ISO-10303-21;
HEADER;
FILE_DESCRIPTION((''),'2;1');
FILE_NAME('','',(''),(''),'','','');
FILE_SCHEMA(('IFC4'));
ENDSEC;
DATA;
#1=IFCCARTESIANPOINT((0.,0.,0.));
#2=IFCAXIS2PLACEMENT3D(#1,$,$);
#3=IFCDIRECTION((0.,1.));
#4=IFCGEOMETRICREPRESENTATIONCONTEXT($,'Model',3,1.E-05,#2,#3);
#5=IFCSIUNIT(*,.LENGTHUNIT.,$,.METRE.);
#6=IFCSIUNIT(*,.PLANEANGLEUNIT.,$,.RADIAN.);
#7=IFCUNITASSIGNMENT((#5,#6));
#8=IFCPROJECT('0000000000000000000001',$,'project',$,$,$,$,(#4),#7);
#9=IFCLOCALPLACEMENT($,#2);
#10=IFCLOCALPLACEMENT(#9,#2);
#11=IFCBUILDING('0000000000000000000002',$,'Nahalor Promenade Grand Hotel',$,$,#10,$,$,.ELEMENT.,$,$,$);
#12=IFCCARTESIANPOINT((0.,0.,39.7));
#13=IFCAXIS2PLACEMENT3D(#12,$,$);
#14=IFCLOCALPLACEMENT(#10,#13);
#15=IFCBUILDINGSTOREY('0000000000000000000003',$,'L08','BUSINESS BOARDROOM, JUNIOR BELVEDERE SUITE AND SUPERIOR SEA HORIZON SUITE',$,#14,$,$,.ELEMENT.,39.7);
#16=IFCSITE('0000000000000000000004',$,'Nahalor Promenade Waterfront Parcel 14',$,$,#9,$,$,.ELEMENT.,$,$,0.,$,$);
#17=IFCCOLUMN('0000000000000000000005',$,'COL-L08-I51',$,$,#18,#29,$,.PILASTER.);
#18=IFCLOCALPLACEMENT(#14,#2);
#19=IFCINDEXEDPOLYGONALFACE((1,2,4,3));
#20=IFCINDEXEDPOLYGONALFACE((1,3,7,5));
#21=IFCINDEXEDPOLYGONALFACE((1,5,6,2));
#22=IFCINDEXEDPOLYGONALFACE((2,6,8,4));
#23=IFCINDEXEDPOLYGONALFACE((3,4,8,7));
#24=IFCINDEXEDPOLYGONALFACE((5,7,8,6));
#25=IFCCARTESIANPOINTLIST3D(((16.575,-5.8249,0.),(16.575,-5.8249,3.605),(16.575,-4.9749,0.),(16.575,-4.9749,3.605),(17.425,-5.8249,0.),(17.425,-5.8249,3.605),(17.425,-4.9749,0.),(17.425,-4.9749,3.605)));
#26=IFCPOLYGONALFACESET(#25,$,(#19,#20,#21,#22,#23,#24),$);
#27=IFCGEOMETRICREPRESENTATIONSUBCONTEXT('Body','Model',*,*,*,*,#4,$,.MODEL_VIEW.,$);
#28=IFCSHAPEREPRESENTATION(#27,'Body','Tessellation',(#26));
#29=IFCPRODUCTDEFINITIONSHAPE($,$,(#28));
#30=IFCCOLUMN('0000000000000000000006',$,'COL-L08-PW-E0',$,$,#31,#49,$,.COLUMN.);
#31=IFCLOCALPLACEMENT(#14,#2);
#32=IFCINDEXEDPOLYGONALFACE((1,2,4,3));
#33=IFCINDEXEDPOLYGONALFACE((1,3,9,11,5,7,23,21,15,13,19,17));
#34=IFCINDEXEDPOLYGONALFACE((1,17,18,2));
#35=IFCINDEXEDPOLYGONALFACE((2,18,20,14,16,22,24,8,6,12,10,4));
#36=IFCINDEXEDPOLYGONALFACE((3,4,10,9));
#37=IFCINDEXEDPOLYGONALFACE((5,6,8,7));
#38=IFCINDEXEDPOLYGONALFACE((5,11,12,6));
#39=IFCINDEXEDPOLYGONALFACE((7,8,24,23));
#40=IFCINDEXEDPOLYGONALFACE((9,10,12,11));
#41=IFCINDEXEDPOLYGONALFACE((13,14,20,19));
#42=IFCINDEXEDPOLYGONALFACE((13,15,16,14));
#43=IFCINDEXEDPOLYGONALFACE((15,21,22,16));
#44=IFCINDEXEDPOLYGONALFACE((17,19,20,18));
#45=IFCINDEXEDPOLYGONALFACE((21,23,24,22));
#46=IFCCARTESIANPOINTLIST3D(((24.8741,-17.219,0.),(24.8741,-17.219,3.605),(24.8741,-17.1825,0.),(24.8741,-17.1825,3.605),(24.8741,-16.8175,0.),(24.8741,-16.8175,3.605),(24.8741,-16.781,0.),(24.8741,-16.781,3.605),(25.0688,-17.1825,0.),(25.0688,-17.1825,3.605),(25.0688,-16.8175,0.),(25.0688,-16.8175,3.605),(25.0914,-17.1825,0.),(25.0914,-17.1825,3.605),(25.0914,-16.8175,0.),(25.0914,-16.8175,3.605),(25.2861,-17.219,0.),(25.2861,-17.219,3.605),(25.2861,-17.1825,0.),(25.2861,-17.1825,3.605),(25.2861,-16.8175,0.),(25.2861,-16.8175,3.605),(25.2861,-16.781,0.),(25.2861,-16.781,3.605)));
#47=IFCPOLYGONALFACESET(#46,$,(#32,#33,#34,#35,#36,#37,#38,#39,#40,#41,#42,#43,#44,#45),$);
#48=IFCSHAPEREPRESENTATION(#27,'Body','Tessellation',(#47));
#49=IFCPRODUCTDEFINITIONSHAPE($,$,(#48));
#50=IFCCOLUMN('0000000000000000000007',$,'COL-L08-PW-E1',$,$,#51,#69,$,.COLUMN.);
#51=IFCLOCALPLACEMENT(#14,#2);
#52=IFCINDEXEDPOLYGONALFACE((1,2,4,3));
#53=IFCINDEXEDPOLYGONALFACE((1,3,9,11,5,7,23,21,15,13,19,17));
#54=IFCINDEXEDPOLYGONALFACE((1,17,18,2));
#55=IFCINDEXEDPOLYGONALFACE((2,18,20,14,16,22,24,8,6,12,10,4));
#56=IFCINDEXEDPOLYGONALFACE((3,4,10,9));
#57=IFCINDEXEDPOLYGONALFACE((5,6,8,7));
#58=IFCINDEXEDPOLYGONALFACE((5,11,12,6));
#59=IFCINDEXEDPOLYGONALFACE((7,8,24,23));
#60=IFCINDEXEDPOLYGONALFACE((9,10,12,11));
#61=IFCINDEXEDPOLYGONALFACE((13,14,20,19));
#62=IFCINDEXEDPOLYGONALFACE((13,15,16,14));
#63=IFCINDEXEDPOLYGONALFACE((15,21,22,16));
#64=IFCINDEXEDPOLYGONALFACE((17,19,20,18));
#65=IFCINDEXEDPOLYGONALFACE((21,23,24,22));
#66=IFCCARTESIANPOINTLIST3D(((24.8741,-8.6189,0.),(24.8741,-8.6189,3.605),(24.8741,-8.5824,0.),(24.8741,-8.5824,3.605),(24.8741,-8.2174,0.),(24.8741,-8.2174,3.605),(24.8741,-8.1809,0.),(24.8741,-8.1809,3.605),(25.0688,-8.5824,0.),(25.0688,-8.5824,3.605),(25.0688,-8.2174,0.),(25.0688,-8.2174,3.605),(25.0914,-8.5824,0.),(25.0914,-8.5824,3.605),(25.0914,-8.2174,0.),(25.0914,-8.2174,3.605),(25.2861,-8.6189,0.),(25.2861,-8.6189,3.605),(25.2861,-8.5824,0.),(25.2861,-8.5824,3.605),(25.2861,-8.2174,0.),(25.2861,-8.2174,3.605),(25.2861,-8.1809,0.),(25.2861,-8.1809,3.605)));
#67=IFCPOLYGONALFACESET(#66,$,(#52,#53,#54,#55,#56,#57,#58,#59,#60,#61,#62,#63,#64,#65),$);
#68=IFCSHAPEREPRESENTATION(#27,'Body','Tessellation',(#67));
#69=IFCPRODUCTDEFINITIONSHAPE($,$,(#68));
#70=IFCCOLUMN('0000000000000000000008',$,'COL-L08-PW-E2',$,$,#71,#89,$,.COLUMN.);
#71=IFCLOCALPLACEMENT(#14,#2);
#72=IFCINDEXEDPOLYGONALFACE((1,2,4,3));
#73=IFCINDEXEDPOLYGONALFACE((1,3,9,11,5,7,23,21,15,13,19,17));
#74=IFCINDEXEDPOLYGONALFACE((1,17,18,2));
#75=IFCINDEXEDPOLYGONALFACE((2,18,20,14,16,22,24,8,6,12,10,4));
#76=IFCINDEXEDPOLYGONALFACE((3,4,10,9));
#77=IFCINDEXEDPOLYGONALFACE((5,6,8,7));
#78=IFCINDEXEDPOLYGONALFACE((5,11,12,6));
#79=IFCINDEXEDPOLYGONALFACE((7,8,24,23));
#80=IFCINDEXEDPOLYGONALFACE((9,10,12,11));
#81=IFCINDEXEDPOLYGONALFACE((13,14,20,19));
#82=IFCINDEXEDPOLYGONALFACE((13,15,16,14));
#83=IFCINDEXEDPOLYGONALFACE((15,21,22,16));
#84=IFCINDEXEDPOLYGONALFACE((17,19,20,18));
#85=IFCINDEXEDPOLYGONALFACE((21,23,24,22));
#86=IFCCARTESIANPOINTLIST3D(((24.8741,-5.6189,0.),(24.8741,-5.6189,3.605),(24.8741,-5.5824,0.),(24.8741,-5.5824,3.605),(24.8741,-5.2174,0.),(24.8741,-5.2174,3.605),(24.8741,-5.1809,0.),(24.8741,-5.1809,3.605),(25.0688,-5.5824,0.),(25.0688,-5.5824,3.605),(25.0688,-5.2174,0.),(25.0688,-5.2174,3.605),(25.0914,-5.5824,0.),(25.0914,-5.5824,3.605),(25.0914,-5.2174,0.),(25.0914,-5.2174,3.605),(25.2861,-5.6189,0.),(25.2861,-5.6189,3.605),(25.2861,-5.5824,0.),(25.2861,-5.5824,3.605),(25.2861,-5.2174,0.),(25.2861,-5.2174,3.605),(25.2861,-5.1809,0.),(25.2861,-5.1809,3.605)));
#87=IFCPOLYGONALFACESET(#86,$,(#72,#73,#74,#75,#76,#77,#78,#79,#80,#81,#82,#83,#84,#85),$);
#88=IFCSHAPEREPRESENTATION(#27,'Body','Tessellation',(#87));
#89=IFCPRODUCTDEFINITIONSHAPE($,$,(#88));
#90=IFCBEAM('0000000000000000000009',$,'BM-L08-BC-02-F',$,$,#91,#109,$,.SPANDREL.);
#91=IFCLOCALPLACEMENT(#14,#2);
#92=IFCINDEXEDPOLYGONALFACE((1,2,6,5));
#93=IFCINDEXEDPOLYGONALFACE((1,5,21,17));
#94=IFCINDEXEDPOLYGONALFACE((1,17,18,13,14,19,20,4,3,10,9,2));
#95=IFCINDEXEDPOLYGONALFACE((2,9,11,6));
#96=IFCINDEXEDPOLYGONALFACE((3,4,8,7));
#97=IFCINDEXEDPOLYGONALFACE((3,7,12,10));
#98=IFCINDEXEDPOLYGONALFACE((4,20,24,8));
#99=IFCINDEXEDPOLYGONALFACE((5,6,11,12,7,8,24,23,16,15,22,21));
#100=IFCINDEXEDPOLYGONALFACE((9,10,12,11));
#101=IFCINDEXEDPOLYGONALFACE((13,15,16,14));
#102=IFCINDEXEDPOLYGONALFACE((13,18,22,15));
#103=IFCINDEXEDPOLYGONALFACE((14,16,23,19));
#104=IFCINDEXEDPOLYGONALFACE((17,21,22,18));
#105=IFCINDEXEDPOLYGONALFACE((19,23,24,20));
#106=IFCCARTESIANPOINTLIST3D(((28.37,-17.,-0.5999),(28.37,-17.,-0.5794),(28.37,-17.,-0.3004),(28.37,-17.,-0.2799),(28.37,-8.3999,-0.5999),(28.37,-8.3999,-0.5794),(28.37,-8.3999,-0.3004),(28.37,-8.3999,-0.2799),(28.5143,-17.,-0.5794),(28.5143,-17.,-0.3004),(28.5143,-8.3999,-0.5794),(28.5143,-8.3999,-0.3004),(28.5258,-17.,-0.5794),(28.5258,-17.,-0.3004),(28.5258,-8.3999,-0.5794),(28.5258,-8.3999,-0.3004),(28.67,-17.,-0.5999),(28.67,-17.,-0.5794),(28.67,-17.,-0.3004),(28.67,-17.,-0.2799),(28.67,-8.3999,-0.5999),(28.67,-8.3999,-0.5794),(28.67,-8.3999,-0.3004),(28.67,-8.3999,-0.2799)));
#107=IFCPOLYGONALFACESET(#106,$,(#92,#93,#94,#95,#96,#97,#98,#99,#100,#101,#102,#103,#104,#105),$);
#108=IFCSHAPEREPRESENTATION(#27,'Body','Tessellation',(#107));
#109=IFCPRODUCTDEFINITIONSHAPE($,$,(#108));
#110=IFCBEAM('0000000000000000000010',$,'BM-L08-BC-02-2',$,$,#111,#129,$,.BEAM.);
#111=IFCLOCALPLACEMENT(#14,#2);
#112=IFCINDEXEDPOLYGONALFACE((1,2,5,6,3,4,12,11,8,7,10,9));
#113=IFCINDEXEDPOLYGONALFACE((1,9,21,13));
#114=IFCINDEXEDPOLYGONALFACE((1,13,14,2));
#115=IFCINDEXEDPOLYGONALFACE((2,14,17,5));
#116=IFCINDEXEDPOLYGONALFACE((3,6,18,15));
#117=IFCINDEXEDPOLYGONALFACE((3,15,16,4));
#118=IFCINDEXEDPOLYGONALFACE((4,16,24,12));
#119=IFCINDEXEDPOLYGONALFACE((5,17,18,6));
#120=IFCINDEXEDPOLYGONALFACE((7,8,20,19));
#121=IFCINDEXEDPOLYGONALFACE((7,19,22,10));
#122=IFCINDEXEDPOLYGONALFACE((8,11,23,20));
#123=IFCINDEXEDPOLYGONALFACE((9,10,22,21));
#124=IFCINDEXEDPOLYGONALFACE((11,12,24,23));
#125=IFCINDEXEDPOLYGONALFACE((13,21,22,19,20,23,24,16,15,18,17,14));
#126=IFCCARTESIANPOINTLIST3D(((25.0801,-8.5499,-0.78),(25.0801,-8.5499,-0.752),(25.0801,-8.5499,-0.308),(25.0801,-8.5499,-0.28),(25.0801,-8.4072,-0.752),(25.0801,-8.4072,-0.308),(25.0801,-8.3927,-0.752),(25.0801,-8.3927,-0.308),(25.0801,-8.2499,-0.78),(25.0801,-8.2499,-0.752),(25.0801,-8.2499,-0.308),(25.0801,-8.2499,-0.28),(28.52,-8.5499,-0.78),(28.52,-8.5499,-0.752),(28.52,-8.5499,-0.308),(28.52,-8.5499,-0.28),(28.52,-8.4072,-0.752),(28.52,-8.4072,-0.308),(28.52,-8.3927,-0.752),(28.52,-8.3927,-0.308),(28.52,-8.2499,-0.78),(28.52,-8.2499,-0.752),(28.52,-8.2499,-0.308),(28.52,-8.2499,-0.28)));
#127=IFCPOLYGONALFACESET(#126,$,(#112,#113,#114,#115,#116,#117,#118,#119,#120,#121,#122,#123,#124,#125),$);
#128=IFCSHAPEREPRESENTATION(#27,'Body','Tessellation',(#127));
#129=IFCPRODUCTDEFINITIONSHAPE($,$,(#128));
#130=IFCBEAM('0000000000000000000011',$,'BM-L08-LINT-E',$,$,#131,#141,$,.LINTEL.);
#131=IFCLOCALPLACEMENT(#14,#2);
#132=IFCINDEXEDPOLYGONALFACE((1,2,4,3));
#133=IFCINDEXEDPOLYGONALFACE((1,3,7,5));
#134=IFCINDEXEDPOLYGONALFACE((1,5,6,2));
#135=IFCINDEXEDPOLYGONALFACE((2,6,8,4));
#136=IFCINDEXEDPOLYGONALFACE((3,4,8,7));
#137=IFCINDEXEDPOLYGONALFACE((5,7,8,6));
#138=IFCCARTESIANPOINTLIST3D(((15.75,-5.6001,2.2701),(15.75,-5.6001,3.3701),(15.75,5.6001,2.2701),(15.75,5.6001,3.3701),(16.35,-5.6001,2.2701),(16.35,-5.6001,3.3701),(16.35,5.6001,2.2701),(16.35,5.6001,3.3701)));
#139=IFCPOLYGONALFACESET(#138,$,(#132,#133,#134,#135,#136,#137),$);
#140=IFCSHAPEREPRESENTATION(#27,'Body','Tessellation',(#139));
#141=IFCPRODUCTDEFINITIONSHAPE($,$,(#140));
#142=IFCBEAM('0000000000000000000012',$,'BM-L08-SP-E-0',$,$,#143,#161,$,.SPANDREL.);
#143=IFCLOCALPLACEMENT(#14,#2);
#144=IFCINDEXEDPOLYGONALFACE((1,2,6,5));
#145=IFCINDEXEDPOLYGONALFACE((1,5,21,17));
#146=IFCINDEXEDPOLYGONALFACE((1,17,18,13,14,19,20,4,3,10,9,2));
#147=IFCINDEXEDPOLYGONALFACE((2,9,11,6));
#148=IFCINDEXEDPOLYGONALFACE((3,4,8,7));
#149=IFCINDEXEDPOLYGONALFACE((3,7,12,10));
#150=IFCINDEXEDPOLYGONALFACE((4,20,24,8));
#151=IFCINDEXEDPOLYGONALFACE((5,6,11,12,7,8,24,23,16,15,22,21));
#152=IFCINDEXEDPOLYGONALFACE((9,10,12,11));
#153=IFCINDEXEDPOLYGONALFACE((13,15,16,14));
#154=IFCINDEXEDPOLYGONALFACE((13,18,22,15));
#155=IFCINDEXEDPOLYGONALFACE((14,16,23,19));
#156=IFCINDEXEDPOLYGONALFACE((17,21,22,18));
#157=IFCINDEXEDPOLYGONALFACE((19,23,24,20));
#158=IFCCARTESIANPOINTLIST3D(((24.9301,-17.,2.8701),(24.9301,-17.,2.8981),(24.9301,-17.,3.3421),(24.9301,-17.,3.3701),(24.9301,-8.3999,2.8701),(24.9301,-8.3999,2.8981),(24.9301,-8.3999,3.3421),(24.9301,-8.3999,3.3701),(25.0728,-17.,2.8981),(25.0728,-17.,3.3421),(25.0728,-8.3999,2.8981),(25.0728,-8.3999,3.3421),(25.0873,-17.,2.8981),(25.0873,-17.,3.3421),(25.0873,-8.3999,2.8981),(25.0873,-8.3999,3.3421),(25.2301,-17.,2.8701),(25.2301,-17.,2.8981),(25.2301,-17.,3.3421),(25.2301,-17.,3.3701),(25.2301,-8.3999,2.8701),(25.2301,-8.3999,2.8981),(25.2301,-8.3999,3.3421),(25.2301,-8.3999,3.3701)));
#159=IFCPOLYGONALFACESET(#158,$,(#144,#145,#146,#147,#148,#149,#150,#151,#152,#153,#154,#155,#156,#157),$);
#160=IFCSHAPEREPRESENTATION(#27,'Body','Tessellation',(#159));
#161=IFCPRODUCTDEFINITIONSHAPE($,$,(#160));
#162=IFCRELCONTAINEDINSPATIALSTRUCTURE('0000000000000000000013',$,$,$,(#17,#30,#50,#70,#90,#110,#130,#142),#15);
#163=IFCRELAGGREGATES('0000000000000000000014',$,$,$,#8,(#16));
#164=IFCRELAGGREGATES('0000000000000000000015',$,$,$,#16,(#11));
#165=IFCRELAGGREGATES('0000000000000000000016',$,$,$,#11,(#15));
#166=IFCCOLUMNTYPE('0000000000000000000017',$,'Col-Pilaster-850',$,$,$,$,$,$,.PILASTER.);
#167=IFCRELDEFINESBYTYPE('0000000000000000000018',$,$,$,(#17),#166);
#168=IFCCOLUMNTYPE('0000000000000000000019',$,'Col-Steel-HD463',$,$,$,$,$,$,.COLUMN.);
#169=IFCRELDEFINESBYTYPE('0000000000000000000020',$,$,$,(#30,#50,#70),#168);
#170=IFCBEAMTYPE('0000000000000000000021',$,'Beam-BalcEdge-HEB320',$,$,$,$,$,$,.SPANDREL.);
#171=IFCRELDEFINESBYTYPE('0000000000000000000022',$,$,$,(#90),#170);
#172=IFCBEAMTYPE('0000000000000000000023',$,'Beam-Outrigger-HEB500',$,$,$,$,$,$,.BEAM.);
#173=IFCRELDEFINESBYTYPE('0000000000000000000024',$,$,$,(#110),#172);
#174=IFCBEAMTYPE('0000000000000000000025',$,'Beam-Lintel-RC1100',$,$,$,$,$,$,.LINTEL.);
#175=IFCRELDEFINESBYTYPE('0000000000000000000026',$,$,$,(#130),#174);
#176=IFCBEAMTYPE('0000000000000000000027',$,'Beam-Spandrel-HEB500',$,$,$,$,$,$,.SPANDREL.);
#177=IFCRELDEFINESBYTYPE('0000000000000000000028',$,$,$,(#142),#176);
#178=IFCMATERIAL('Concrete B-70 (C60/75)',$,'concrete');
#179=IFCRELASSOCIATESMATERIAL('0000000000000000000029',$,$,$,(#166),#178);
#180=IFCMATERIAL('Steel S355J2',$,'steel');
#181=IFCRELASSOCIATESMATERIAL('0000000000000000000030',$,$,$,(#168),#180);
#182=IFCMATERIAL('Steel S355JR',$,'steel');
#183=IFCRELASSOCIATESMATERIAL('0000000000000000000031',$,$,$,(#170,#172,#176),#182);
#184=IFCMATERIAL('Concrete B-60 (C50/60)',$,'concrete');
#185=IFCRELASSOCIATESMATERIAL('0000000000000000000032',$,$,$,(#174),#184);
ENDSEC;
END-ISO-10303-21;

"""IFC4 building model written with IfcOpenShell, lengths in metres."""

from ifc_helpers import new_model, si_unit, direction, frame, origin, origin_2d, place, context, subcontext, project, spatial, rectangle, i_section, extrude, source, transform, mapped, material, material_profile, profile_set, type_object, element, save


model = new_model("IFC4")

# Units and contexts
model_context = context("Model", 3, precision=1e-05, world=origin(), true_north=direction((0.0, 1.0)))
body_context = subcontext(model_context, "Body", "Model", "MODEL_VIEW")
ifc_project = project(units=[si_unit("LENGTHUNIT", "METRE"), si_unit("PLANEANGLEUNIT", "RADIAN")], contexts=[model_context])

# Site, building, storey
site_placement = place(None, origin())
site = spatial("IfcSite", under=ifc_project, at=site_placement, Name="Nahalor Promenade Waterfront Parcel 14", CompositionType="ELEMENT", RefElevation=0.0)
building_placement = place(site_placement, origin())
building = spatial("IfcBuilding", under=site, at=building_placement, Name="Nahalor Promenade Grand Hotel", CompositionType="ELEMENT")
storey_placement = place(building_placement, frame((0.0, 0.0, 39.7)))
storey = spatial("IfcBuildingStorey", under=building, at=storey_placement, Name="L08", Description="BUSINESS BOARDROOM, JUNIOR BELVEDERE SUITE AND SUPERIOR SEA HORIZON SUITE", CompositionType="ELEMENT", Elevation=39.7)

# Columns
ifc_material_1 = material(Name="Concrete B-70 (C60/75)", Category="concrete")
ifc_material_profile_1 = material_profile(ifc_material_1, rectangle(XDim=0.85, YDim=0.85, at=origin_2d()), Name="RC 850x850")
ifc_profile_set_1 = profile_set([ifc_material_profile_1], Name="Concrete B-70 (C60/75)")
column_type_1 = type_object("IfcColumnType", Name="Col-Pilaster-850", PredefinedType="PILASTER", material=ifc_profile_set_1)
shared_shape_1 = source(origin(), body_context, "Body", "SweptSolid", [
    extrude(rectangle(XDim=0.85, YDim=0.85, at=origin_2d()), origin(), (0.0, 0.0, 1.0), 3.605),
])
column_placement = place(storey_placement, frame((17.0, -5.3999, 0.0), z_axis=(0.0, 0.0, 1.0), x_axis=(1.0, 0.0, 0.0)))
element("IfcColumn", 1, at=column_placement, inside=storey, type_object=column_type_1, Name="COL-L08-I51", PredefinedType="PILASTER", context=body_context, shape_type="MappedRepresentation", body=[
    mapped(shared_shape_1, transform((0.0, 0.0, 0.0), scale=1.0)),
])
ifc_material_2 = material(Name="Steel S355J2", Category="steel")
ifc_material_profile_2 = material_profile(ifc_material_2, i_section(OverallWidth=0.412, OverallDepth=0.438, WebThickness=0.0226, FlangeThickness=0.0365, at=origin_2d()), Name="HD 400x463")
ifc_profile_set_2 = profile_set([ifc_material_profile_2], Name="Steel S355J2")
column_type_2 = type_object("IfcColumnType", Name="Col-Steel-HD463", PredefinedType="COLUMN", material=ifc_profile_set_2)
shared_shape_2 = source(origin(), body_context, "Body", "SweptSolid", [
    extrude(i_section(OverallWidth=0.412, OverallDepth=0.438, WebThickness=0.0226, FlangeThickness=0.0365, at=origin_2d()), origin(), (0.0, 0.0, 1.0), 3.605),
])
for number, where, z_axis, x_axis, name in (
    (2, (25.0801, -17.0, 0.0), (0.0, 0.0, 1.0), (1.0, 0.0, 0.0), "COL-L08-PW-E0"),
    (3, (25.0801, -8.3999, 0.0), (0.0, 0.0, 1.0), (1.0, 0.0, 0.0), "COL-L08-PW-E1"),
    (4, (25.0801, -5.3999, 0.0), (0.0, 0.0, 1.0), (1.0, 0.0, 0.0), "COL-L08-PW-E2"),
):
    element("IfcColumn", number, at=place(storey_placement, frame(where, z_axis=z_axis, x_axis=x_axis)), inside=storey, type_object=column_type_2, Name=name, PredefinedType="COLUMN", context=body_context, shape_type="MappedRepresentation", body=[
        mapped(shared_shape_2, transform((0.0, 0.0, 0.0), scale=1.0)),
    ])

# Beams
ifc_material_3 = material(Name="Steel S355JR", Category="steel")
ifc_material_profile_3 = material_profile(ifc_material_3, i_section(OverallWidth=0.3, OverallDepth=0.32, WebThickness=0.0115, FlangeThickness=0.0205, at=origin_2d()), Name="HEB 320")
ifc_profile_set_3 = profile_set([ifc_material_profile_3], Name="Steel S355JR")
beam_type_1 = type_object("IfcBeamType", Name="Beam-BalcEdge-HEB320", PredefinedType="SPANDREL", material=ifc_profile_set_3)
shared_shape_3 = source(origin(), body_context, "Body", "SweptSolid", [
    extrude(i_section(OverallWidth=0.3, OverallDepth=0.32, WebThickness=0.0115, FlangeThickness=0.0205, at=origin_2d()), origin(), (0.0, 0.0, 1.0), 8.6001),
])
beam_1_placement = place(storey_placement, frame((28.52, -17.0, -0.4399), z_axis=(0.0, 1.0, 0.0), x_axis=(-1.0, 0.0, 0.0)))
element("IfcBeam", 5, at=beam_1_placement, inside=storey, type_object=beam_type_1, Name="BM-L08-BC-02-F", PredefinedType="SPANDREL", context=body_context, shape_type="MappedRepresentation", body=[
    mapped(shared_shape_3, transform((0.0, 0.0, 0.0), scale=1.0)),
])
ifc_material_profile_4 = material_profile(ifc_material_3, i_section(OverallWidth=0.3, OverallDepth=0.5, WebThickness=0.0145, FlangeThickness=0.028, at=origin_2d()), Name="HEB 500")
ifc_profile_set_4 = profile_set([ifc_material_profile_4], Name="Steel S355JR")
beam_type_2 = type_object("IfcBeamType", Name="Beam-Outrigger-HEB500", PredefinedType="BEAM", material=ifc_profile_set_4)
shared_shape_4 = source(origin(), body_context, "Body", "SweptSolid", [
    extrude(i_section(OverallWidth=0.3, OverallDepth=0.5, WebThickness=0.0145, FlangeThickness=0.028, at=origin_2d()), origin(), (0.0, 0.0, 1.0), 3.4399),
])
beam_2_placement = place(storey_placement, frame((25.0801, -8.3999, -0.53), z_axis=(1.0, 0.0, 0.0), x_axis=(0.0, 1.0, 0.0)))
element("IfcBeam", 6, at=beam_2_placement, inside=storey, type_object=beam_type_2, Name="BM-L08-BC-02-2", PredefinedType="BEAM", context=body_context, shape_type="MappedRepresentation", body=[
    mapped(shared_shape_4, transform((0.0, 0.0, 0.0), scale=1.0)),
])
ifc_material_4 = material(Name="Concrete B-60 (C50/60)", Category="concrete")
ifc_material_profile_5 = material_profile(ifc_material_4, rectangle(XDim=0.6, YDim=1.1, at=origin_2d()), Name="RC 600x1100")
ifc_profile_set_5 = profile_set([ifc_material_profile_5], Name="Concrete B-60 (C50/60)")
beam_type_3 = type_object("IfcBeamType", Name="Beam-Lintel-RC1100", PredefinedType="LINTEL", material=ifc_profile_set_5)
shared_shape_5 = source(origin(), body_context, "Body", "SweptSolid", [
    extrude(rectangle(XDim=0.6, YDim=1.1, at=origin_2d()), origin(), (0.0, 0.0, 1.0), 11.2002),
])
beam_3_placement = place(storey_placement, frame((16.05, -5.6001, 2.8201), z_axis=(0.0, 1.0, 0.0), x_axis=(-1.0, 0.0, 0.0)))
element("IfcBeam", 7, at=beam_3_placement, inside=storey, type_object=beam_type_3, Name="BM-L08-LINT-E", PredefinedType="LINTEL", context=body_context, shape_type="MappedRepresentation", body=[
    mapped(shared_shape_5, transform((0.0, 0.0, 0.0), scale=1.0)),
])
ifc_material_profile_6 = material_profile(ifc_material_3, i_section(OverallWidth=0.3, OverallDepth=0.5, WebThickness=0.0145, FlangeThickness=0.028, at=origin_2d()), Name="HEB 500")
ifc_profile_set_6 = profile_set([ifc_material_profile_6], Name="Steel S355JR")
beam_type_4 = type_object("IfcBeamType", Name="Beam-Spandrel-HEB500", PredefinedType="SPANDREL", material=ifc_profile_set_6)
shared_shape_6 = source(origin(), body_context, "Body", "SweptSolid", [
    extrude(i_section(OverallWidth=0.3, OverallDepth=0.5, WebThickness=0.0145, FlangeThickness=0.028, at=origin_2d()), origin(), (0.0, 0.0, 1.0), 8.6001),
])
beam_4_placement = place(storey_placement, frame((25.0801, -17.0, 3.1201), z_axis=(0.0, 1.0, 0.0), x_axis=(-1.0, 0.0, 0.0)))
element("IfcBeam", 8, at=beam_4_placement, inside=storey, type_object=beam_type_4, Name="BM-L08-SP-E-0", PredefinedType="SPANDREL", context=body_context, shape_type="MappedRepresentation", body=[
    mapped(shared_shape_6, transform((0.0, 0.0, 0.0), scale=1.0)),
])

save(model, "model.ifc")
